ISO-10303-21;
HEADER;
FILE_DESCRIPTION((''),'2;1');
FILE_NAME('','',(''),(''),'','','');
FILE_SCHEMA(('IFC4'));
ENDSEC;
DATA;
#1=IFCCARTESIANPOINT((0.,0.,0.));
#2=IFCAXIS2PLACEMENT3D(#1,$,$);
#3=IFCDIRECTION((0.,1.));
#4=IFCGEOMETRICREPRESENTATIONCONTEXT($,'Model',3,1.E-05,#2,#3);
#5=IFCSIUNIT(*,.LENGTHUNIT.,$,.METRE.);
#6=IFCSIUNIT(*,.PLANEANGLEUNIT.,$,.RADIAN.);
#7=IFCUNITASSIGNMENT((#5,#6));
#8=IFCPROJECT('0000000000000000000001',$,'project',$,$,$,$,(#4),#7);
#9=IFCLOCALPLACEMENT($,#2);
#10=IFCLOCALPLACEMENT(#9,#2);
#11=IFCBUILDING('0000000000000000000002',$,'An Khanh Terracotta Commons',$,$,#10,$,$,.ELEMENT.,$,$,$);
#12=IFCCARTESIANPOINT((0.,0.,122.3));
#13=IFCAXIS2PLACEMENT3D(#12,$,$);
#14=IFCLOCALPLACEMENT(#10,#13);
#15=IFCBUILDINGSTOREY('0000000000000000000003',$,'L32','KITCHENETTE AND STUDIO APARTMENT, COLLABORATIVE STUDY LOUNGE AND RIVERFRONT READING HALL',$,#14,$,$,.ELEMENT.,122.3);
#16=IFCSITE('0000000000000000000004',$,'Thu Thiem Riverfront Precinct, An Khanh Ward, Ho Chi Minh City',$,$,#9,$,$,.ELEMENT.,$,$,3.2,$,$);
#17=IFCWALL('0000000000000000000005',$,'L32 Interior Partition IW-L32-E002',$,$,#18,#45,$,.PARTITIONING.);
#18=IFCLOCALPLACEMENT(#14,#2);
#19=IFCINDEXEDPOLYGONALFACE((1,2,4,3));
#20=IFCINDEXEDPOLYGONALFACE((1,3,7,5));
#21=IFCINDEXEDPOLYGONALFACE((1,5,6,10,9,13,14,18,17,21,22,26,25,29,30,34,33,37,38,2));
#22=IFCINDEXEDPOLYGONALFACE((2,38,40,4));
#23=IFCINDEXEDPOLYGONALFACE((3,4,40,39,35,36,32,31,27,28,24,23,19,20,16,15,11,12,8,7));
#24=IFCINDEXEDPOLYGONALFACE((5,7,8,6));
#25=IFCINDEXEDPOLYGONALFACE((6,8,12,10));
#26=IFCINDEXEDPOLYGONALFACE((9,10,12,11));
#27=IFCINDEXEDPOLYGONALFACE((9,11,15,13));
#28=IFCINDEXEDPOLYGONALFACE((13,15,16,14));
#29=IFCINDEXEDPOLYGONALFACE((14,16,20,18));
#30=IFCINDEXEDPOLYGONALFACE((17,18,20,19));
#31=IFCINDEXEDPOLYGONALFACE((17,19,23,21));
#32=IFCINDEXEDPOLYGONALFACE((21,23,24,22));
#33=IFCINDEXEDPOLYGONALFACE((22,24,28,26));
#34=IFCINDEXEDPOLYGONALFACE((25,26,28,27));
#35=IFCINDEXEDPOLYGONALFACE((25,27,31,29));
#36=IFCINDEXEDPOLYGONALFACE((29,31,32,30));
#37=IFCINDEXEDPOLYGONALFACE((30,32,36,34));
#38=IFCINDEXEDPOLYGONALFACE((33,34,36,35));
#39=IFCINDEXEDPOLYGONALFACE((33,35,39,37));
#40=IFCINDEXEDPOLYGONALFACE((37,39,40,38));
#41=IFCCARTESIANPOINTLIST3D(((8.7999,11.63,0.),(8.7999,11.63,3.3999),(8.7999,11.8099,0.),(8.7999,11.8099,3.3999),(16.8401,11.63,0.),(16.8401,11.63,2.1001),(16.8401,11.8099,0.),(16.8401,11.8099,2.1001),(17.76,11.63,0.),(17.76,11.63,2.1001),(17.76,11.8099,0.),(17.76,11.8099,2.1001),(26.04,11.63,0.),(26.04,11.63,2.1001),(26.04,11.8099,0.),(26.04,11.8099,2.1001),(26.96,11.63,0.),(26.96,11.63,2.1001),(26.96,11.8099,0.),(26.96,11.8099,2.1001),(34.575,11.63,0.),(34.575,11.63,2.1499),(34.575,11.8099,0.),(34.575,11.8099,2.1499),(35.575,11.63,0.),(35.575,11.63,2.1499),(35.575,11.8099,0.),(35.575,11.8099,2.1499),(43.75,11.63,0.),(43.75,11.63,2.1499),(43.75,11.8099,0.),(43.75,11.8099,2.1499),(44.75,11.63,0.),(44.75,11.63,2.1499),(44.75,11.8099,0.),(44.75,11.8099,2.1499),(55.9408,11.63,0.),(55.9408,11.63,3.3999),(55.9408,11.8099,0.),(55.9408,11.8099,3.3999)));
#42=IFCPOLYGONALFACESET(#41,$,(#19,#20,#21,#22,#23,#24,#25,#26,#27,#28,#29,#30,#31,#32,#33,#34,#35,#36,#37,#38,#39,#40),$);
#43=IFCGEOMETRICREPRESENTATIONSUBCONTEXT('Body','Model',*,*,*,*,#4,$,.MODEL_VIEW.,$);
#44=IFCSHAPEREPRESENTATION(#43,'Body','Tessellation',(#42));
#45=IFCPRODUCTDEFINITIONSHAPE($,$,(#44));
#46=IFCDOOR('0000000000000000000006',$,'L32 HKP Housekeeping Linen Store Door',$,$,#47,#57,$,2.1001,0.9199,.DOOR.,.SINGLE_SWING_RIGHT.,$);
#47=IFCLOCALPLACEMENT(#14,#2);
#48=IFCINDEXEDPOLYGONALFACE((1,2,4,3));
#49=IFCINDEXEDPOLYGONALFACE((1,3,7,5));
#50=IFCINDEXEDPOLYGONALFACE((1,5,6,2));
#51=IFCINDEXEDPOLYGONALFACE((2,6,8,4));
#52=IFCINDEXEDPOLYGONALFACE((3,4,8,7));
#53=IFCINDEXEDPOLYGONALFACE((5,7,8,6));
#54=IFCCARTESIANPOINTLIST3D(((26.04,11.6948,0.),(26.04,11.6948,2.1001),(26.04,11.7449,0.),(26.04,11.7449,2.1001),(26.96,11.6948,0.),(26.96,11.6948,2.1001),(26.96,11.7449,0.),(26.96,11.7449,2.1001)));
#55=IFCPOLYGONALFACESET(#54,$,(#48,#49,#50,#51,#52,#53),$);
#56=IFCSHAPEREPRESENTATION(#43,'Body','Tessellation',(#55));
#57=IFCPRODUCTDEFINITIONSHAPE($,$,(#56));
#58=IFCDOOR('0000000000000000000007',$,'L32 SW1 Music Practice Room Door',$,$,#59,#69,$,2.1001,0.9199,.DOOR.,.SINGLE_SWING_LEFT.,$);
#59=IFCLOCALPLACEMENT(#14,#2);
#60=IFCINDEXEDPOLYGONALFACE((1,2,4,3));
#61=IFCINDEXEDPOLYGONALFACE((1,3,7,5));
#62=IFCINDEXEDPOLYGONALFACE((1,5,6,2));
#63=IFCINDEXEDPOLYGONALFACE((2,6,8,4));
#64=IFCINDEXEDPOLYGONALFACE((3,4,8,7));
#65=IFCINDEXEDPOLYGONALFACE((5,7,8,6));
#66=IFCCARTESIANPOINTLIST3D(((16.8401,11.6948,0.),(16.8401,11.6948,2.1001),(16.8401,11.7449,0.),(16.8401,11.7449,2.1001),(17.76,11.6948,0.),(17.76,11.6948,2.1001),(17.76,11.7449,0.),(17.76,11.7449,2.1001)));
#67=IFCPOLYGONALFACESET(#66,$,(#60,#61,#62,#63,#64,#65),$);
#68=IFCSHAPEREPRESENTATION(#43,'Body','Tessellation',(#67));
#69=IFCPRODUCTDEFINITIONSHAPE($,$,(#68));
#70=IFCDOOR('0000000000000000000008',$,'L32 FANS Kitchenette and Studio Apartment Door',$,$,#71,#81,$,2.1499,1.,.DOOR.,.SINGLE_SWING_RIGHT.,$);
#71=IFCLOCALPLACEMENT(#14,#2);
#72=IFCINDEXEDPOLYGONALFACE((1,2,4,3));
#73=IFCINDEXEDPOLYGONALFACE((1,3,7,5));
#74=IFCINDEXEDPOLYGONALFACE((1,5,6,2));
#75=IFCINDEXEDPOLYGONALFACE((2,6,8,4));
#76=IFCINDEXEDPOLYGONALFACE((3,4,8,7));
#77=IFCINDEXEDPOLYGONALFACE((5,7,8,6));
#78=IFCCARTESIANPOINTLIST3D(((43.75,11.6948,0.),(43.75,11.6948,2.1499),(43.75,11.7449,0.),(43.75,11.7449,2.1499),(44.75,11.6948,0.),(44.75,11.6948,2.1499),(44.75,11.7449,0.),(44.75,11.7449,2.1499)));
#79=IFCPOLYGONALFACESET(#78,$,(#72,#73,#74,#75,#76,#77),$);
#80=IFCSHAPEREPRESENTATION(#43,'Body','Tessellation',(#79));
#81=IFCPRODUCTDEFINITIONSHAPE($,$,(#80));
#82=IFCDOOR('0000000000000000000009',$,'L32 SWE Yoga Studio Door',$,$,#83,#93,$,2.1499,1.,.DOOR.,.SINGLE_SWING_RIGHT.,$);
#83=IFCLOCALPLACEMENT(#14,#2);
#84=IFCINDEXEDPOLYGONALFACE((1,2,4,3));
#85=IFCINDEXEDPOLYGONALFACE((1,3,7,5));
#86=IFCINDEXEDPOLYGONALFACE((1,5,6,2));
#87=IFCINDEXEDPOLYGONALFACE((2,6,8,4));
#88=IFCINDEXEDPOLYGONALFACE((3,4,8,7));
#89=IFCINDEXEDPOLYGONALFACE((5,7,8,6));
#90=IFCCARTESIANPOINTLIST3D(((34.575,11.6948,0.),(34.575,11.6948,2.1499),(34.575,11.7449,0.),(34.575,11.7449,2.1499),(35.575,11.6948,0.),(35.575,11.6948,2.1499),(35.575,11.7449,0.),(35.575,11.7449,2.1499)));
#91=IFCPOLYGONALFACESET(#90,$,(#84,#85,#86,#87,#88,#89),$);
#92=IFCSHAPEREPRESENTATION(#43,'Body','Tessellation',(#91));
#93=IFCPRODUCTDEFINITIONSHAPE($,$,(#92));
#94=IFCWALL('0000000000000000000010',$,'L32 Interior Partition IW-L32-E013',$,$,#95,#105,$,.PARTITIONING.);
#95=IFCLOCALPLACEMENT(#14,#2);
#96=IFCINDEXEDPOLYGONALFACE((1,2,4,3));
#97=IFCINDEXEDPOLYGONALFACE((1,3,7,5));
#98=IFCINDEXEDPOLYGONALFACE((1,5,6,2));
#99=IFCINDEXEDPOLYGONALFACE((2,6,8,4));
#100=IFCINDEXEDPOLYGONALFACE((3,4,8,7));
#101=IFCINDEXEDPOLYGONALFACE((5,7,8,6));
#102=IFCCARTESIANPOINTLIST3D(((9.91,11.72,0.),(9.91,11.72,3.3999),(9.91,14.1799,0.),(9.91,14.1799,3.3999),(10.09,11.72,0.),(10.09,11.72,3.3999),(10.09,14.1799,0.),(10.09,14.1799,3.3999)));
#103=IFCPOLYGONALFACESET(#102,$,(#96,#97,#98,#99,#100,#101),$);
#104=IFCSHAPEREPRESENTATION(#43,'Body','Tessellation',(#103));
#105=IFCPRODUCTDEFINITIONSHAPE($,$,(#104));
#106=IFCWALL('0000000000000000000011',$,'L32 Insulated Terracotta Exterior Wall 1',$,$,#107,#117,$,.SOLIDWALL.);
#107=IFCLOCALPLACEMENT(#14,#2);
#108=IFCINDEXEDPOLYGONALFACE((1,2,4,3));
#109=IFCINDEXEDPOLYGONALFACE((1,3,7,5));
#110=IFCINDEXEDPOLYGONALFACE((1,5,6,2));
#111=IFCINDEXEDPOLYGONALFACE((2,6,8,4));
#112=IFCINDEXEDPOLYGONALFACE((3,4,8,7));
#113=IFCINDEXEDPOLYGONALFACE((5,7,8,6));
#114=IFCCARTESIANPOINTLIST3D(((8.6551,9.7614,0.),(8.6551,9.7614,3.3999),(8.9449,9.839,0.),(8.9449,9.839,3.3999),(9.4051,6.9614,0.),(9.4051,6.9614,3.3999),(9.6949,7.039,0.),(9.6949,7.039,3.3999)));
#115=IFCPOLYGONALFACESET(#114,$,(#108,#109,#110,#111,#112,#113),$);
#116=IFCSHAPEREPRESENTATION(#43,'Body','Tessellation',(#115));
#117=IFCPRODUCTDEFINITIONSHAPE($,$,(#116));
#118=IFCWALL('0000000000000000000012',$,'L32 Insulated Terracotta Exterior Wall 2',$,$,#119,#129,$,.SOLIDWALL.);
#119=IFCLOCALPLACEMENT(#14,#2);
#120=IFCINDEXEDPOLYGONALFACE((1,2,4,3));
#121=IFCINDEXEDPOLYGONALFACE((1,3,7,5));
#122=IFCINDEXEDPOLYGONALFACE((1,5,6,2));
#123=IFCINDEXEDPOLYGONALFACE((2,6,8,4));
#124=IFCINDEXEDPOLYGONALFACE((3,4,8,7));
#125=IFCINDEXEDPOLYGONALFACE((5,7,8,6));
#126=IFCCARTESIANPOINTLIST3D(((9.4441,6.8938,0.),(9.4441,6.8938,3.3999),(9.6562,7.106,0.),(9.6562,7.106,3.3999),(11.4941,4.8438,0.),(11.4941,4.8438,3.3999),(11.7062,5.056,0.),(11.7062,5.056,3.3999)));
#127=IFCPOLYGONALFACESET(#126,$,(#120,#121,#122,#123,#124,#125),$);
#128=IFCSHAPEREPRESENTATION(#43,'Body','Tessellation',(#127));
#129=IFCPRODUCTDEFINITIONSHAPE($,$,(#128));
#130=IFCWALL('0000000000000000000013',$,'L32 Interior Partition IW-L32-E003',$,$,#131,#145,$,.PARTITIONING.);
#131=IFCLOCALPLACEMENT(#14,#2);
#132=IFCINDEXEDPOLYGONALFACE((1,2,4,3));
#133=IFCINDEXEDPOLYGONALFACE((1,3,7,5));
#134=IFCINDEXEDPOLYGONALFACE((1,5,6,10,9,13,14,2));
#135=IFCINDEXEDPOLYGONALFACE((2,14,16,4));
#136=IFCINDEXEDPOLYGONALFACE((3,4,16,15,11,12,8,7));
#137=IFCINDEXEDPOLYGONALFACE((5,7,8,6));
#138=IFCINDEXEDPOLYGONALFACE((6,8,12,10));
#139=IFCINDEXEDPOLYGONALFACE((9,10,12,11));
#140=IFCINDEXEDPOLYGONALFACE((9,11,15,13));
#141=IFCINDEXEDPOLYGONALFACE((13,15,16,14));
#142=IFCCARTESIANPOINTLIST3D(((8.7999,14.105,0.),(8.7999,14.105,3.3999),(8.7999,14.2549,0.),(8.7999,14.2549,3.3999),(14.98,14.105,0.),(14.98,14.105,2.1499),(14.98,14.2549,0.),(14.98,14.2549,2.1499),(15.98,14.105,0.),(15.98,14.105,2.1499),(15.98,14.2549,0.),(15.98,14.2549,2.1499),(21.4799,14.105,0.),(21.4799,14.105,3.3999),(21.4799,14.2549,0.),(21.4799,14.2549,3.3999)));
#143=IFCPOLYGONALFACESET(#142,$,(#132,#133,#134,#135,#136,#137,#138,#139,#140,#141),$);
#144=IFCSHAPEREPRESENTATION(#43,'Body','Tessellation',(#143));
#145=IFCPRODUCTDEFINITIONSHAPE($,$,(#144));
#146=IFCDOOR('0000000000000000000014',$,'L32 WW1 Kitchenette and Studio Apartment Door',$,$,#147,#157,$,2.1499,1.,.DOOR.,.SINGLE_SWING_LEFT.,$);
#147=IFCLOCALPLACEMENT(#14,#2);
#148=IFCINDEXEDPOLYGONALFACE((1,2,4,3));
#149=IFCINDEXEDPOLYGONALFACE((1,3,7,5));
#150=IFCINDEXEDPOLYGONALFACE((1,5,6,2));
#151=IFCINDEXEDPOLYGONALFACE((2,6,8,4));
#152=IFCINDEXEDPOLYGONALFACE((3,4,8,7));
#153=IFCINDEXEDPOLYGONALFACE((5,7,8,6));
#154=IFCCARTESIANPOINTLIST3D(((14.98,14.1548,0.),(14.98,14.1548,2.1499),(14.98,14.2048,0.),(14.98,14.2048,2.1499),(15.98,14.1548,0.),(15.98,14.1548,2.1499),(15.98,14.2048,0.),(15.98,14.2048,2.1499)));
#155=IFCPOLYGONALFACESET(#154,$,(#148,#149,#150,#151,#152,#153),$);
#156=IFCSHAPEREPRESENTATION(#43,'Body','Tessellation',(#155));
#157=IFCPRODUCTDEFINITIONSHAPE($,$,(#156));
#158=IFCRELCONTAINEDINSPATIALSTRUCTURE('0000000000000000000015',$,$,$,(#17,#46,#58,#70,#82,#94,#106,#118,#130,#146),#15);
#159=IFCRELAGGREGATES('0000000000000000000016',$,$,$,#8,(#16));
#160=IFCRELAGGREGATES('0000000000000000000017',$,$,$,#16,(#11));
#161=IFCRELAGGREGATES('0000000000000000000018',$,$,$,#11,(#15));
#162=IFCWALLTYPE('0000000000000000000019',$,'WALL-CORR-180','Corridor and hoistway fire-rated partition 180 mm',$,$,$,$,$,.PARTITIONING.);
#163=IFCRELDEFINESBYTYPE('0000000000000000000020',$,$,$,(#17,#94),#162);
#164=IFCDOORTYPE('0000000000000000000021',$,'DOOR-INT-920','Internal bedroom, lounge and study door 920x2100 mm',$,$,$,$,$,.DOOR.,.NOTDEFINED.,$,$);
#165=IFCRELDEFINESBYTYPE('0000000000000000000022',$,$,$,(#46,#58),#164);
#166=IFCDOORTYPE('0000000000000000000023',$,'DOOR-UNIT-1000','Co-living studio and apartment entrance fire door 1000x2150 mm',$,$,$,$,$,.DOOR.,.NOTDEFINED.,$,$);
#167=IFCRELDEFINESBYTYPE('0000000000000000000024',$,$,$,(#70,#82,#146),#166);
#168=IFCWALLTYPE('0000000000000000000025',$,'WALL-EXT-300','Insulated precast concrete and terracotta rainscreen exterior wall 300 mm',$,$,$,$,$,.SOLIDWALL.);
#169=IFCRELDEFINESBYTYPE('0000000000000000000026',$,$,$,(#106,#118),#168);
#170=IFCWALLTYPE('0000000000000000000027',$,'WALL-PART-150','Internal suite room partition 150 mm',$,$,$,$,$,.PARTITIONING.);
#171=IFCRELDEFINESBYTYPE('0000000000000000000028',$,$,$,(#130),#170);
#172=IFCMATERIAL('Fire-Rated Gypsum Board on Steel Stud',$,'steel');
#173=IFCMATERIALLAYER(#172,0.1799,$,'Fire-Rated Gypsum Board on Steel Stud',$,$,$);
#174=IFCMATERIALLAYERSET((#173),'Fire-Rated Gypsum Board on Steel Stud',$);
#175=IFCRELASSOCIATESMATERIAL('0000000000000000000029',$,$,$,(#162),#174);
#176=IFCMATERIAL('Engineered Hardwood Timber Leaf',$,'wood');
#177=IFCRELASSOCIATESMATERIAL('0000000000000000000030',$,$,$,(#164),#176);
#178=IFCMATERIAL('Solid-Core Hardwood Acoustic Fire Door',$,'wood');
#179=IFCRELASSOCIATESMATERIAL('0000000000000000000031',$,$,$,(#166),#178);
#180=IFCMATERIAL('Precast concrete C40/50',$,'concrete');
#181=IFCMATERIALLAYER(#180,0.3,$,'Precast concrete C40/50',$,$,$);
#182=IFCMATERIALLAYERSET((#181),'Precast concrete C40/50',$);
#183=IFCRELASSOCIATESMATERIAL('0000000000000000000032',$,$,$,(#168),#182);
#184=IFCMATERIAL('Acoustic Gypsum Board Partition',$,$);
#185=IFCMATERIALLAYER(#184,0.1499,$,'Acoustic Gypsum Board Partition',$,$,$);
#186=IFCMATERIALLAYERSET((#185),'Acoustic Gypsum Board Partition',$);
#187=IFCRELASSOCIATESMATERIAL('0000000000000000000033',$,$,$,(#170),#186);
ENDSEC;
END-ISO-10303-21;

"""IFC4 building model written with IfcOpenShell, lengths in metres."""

from ifc_helpers import new_model, si_unit, direction, frame, frame_2d, origin, place, context, subcontext, project, spatial, rectangle, extrude, material, layer, layer_set, type_object, element, fill, save


model = new_model("IFC4")

# Units and contexts
model_context = context("Model", 3, precision=1e-05, world=origin(), true_north=direction((0.0, 1.0)))
body_context = subcontext(model_context, "Body", "Model", "MODEL_VIEW")
ifc_project = project(units=[si_unit("LENGTHUNIT", "METRE"), si_unit("PLANEANGLEUNIT", "RADIAN")], contexts=[model_context])

# Site, building, storey
site_placement = place(None, origin())
site = spatial("IfcSite", under=ifc_project, at=site_placement, Name="Thu Thiem Riverfront Precinct, An Khanh Ward, Ho Chi Minh City", CompositionType="ELEMENT", RefElevation=3.2)
building_placement = place(site_placement, origin())
building = spatial("IfcBuilding", under=site, at=building_placement, Name="An Khanh Terracotta Commons", CompositionType="ELEMENT")
storey_placement = place(building_placement, frame((0.0, 0.0, 122.3)))
storey = spatial("IfcBuildingStorey", under=building, at=storey_placement, Name="L32", Description="KITCHENETTE AND STUDIO APARTMENT, COLLABORATIVE STUDY LOUNGE AND RIVERFRONT READING HALL", CompositionType="ELEMENT", Elevation=122.3)

# Shared definitions
ifc_material_1 = material(Name="Precast concrete C40/50", Category="concrete")

# Wall, openings, doors
ifc_material_2 = material(Name="Fire-Rated Gypsum Board on Steel Stud", Category="steel")
ifc_layer_1 = layer(ifc_material_2, 0.1799, Name="Fire-Rated Gypsum Board on Steel Stud")
ifc_layer_set_1 = layer_set([ifc_layer_1], Name="Fire-Rated Gypsum Board on Steel Stud")
wall_type_1 = type_object("IfcWallType", Name="WALL-CORR-180", Description="Corridor and hoistway fire-rated partition 180 mm", PredefinedType="PARTITIONING", material=ifc_layer_set_1)
wall_1_placement = place(storey_placement, frame((8.8, 11.72, 0.0), z_axis=(0.0, 0.0, 1.0), x_axis=(1.0, 0.0, 0.0)))
wall_1 = element("IfcWall", 1, at=wall_1_placement, inside=storey, type_object=wall_type_1, Name="L32 Interior Partition IW-L32-E002", PredefinedType="PARTITIONING", context=body_context, shape_type="SweptSolid", body=[
    extrude(rectangle(XDim=47.1409, YDim=0.1799, at=frame_2d((23.5703, 0.0))), origin(), (0.0, 0.0, 1.0), 3.3999),
])
opening_1_placement = place(wall_1_placement, frame((17.24, 0.0, 0.0)))
opening_1 = element("IfcOpeningElement", 2, at=opening_1_placement, cuts=wall_1, PredefinedType="OPENING", context=body_context, shape_type="SweptSolid", body=[
    extrude(rectangle(XDim=0.9199, YDim=2.1001, at=frame_2d((0.46, 1.05))), frame((0.0, 0.0999, 0.0), z_axis=(0.0, -1.0, 0.0), x_axis=(1.0, 0.0, 0.0)), (0.0, 0.0, 1.0), 0.2),
])
opening_2_placement = place(wall_1_placement, frame((34.95, 0.0, 0.0)))
opening_2 = element("IfcOpeningElement", 3, at=opening_2_placement, cuts=wall_1, PredefinedType="OPENING", context=body_context, shape_type="SweptSolid", body=[
    extrude(rectangle(XDim=1.0, YDim=2.1499, at=frame_2d((0.5, 1.075))), frame((0.0, 0.0999, 0.0), z_axis=(0.0, -1.0, 0.0), x_axis=(1.0, 0.0, 0.0)), (0.0, 0.0, 1.0), 0.2),
])
opening_3_placement = place(wall_1_placement, frame((8.04, 0.0, 0.0)))
opening_3 = element("IfcOpeningElement", 4, at=opening_3_placement, cuts=wall_1, PredefinedType="OPENING", context=body_context, shape_type="SweptSolid", body=[
    extrude(rectangle(XDim=0.9199, YDim=2.1001, at=frame_2d((0.46, 1.05))), frame((0.0, 0.0999, 0.0), z_axis=(0.0, -1.0, 0.0), x_axis=(1.0, 0.0, 0.0)), (0.0, 0.0, 1.0), 0.2),
])
opening_4_placement = place(wall_1_placement, frame((25.7749, 0.0, 0.0)))
opening_4 = element("IfcOpeningElement", 5, at=opening_4_placement, cuts=wall_1, PredefinedType="OPENING", context=body_context, shape_type="SweptSolid", body=[
    extrude(rectangle(XDim=1.0, YDim=2.1499, at=frame_2d((0.5, 1.075))), frame((0.0, 0.0999, 0.0), z_axis=(0.0, -1.0, 0.0), x_axis=(1.0, 0.0, 0.0)), (0.0, 0.0, 1.0), 0.2),
])
ifc_material_3 = material(Name="Engineered Hardwood Timber Leaf", Category="wood")
door_type_1 = type_object("IfcDoorType", Name="DOOR-INT-920", Description="Internal bedroom, lounge and study door 920x2100 mm", OperationType="NOTDEFINED", PredefinedType="DOOR", material=ifc_material_3)
door_1_placement = place(opening_1_placement, origin())
door_1 = element("IfcDoor", 6, at=door_1_placement, inside=storey, type_object=door_type_1, Name="L32 HKP Housekeeping Linen Store Door", OperationType="SINGLE_SWING_RIGHT", OverallHeight=2.1001, OverallWidth=0.9199, PredefinedType="DOOR", context=body_context, shape_type="SweptSolid", body=[
    extrude(rectangle(XDim=0.9199, YDim=2.1001, at=frame_2d((0.46, 1.05))), frame((0.0, 0.0249, 0.0), z_axis=(0.0, -1.0, 0.0), x_axis=(1.0, 0.0, 0.0)), (0.0, 0.0, 1.0), 0.05),
])
fill(opening_1, door_1)
door_2_placement = place(opening_3_placement, origin())
door_2 = element("IfcDoor", 7, at=door_2_placement, inside=storey, type_object=door_type_1, Name="L32 SW1 Music Practice Room Door", OperationType="SINGLE_SWING_LEFT", OverallHeight=2.1001, OverallWidth=0.9199, PredefinedType="DOOR", context=body_context, shape_type="SweptSolid", body=[
    extrude(rectangle(XDim=0.9199, YDim=2.1001, at=frame_2d((0.46, 1.05))), frame((0.0, 0.0249, 0.0), z_axis=(0.0, -1.0, 0.0), x_axis=(1.0, 0.0, 0.0)), (0.0, 0.0, 1.0), 0.05),
])
fill(opening_3, door_2)
ifc_material_4 = material(Name="Solid-Core Hardwood Acoustic Fire Door", Category="wood")
door_type_2 = type_object("IfcDoorType", Name="DOOR-UNIT-1000", Description="Co-living studio and apartment entrance fire door 1000x2150 mm", OperationType="NOTDEFINED", PredefinedType="DOOR", material=ifc_material_4)
door_3_placement = place(opening_2_placement, origin())
door_3 = element("IfcDoor", 8, at=door_3_placement, inside=storey, type_object=door_type_2, Name="L32 FANS Kitchenette and Studio Apartment Door", OperationType="SINGLE_SWING_RIGHT", OverallHeight=2.1499, OverallWidth=1.0, PredefinedType="DOOR", context=body_context, shape_type="SweptSolid", body=[
    extrude(rectangle(XDim=1.0, YDim=2.1499, at=frame_2d((0.5, 1.075))), frame((0.0, 0.0249, 0.0), z_axis=(0.0, -1.0, 0.0), x_axis=(1.0, 0.0, 0.0)), (0.0, 0.0, 1.0), 0.05),
])
fill(opening_2, door_3)
door_4_placement = place(opening_4_placement, origin())
door_4 = element("IfcDoor", 9, at=door_4_placement, inside=storey, type_object=door_type_2, Name="L32 SWE Yoga Studio Door", OperationType="SINGLE_SWING_RIGHT", OverallHeight=2.1499, OverallWidth=1.0, PredefinedType="DOOR", context=body_context, shape_type="SweptSolid", body=[
    extrude(rectangle(XDim=1.0, YDim=2.1499, at=frame_2d((0.5, 1.075))), frame((0.0, 0.0249, 0.0), z_axis=(0.0, -1.0, 0.0), x_axis=(1.0, 0.0, 0.0)), (0.0, 0.0, 1.0), 0.05),
])
fill(opening_4, door_4)

# Walls
wall_2_placement = place(storey_placement, frame((10.0, 11.72, 0.0), z_axis=(0.0, 0.0, 1.0), x_axis=(0.0, 1.0, 0.0)))
element("IfcWall", 10, at=wall_2_placement, inside=storey, type_object=wall_type_1, Name="L32 Interior Partition IW-L32-E013", PredefinedType="PARTITIONING", context=body_context, shape_type="SweptSolid", body=[
    extrude(rectangle(XDim=2.46, YDim=0.1799, at=frame_2d((1.23, 0.0))), origin(), (0.0, 0.0, 1.0), 3.3999),
])
ifc_layer_2 = layer(ifc_material_1, 0.3, Name="Precast concrete C40/50")
ifc_layer_set_2 = layer_set([ifc_layer_2], Name="Precast concrete C40/50")
wall_type_2 = type_object("IfcWallType", Name="WALL-EXT-300", Description="Insulated precast concrete and terracotta rainscreen exterior wall 300 mm", PredefinedType="SOLIDWALL", material=ifc_layer_set_2)
wall_3_placement = place(storey_placement, frame((8.8, 9.8, 0.0), z_axis=(0.0, 0.0, 1.0), x_axis=(0.258732, -0.965949, 0.0)))
element("IfcWall", 11, at=wall_3_placement, inside=storey, type_object=wall_type_2, Name="L32 Insulated Terracotta Exterior Wall 1", PredefinedType="SOLIDWALL", context=body_context, shape_type="SweptSolid", body=[
    extrude(rectangle(XDim=2.8987, YDim=0.3, at=frame_2d((1.4492, 0.0))), origin(), (0.0, 0.0, 1.0), 3.3999),
])
wall_4_placement = place(storey_placement, frame((9.55, 7.0, 0.0), z_axis=(0.0, 0.0, 1.0), x_axis=(0.707107, -0.707107, 0.0)))
element("IfcWall", 12, at=wall_4_placement, inside=storey, type_object=wall_type_2, Name="L32 Insulated Terracotta Exterior Wall 2", PredefinedType="SOLIDWALL", context=body_context, shape_type="SweptSolid", body=[
    extrude(rectangle(XDim=2.8992, YDim=0.3, at=frame_2d((1.4497, 0.0))), origin(), (0.0, 0.0, 1.0), 3.3999),
])

# Wall, opening, door
ifc_material_5 = material(Name="Acoustic Gypsum Board Partition")
ifc_layer_3 = layer(ifc_material_5, 0.1499, Name="Acoustic Gypsum Board Partition")
ifc_layer_set_3 = layer_set([ifc_layer_3], Name="Acoustic Gypsum Board Partition")
wall_type_3 = type_object("IfcWallType", Name="WALL-PART-150", Description="Internal suite room partition 150 mm", PredefinedType="PARTITIONING", material=ifc_layer_set_3)
wall_5_placement = place(storey_placement, frame((8.8, 14.1799, 0.0), z_axis=(0.0, 0.0, 1.0), x_axis=(1.0, 0.0, 0.0)))
wall_5 = element("IfcWall", 13, at=wall_5_placement, inside=storey, type_object=wall_type_3, Name="L32 Interior Partition IW-L32-E003", PredefinedType="PARTITIONING", context=body_context, shape_type="SweptSolid", body=[
    extrude(rectangle(XDim=12.6799, YDim=0.1499, at=frame_2d((6.3398, 0.0))), origin(), (0.0, 0.0, 1.0), 3.3999),
])
opening_5_placement = place(wall_5_placement, frame((6.1799, 0.0, 0.0)))
opening_5 = element("IfcOpeningElement", 14, at=opening_5_placement, cuts=wall_5, PredefinedType="OPENING", context=body_context, shape_type="SweptSolid", body=[
    extrude(rectangle(XDim=1.0, YDim=2.1499, at=frame_2d((0.5, 1.075))), frame((0.0, 0.085, 0.0), z_axis=(0.0, -1.0, 0.0), x_axis=(1.0, 0.0, 0.0)), (0.0, 0.0, 1.0), 0.1699),
])
door_5_placement = place(opening_5_placement, origin())
door_5 = element("IfcDoor", 15, at=door_5_placement, inside=storey, type_object=door_type_2, Name="L32 WW1 Kitchenette and Studio Apartment Door", OperationType="SINGLE_SWING_LEFT", OverallHeight=2.1499, OverallWidth=1.0, PredefinedType="DOOR", context=body_context, shape_type="SweptSolid", body=[
    extrude(rectangle(XDim=1.0, YDim=2.1499, at=frame_2d((0.5, 1.075))), frame((0.0, 0.0249, 0.0), z_axis=(0.0, -1.0, 0.0), x_axis=(1.0, 0.0, 0.0)), (0.0, 0.0, 1.0), 0.05),
])
fill(opening_5, door_5)

save(model, "model.ifc")
